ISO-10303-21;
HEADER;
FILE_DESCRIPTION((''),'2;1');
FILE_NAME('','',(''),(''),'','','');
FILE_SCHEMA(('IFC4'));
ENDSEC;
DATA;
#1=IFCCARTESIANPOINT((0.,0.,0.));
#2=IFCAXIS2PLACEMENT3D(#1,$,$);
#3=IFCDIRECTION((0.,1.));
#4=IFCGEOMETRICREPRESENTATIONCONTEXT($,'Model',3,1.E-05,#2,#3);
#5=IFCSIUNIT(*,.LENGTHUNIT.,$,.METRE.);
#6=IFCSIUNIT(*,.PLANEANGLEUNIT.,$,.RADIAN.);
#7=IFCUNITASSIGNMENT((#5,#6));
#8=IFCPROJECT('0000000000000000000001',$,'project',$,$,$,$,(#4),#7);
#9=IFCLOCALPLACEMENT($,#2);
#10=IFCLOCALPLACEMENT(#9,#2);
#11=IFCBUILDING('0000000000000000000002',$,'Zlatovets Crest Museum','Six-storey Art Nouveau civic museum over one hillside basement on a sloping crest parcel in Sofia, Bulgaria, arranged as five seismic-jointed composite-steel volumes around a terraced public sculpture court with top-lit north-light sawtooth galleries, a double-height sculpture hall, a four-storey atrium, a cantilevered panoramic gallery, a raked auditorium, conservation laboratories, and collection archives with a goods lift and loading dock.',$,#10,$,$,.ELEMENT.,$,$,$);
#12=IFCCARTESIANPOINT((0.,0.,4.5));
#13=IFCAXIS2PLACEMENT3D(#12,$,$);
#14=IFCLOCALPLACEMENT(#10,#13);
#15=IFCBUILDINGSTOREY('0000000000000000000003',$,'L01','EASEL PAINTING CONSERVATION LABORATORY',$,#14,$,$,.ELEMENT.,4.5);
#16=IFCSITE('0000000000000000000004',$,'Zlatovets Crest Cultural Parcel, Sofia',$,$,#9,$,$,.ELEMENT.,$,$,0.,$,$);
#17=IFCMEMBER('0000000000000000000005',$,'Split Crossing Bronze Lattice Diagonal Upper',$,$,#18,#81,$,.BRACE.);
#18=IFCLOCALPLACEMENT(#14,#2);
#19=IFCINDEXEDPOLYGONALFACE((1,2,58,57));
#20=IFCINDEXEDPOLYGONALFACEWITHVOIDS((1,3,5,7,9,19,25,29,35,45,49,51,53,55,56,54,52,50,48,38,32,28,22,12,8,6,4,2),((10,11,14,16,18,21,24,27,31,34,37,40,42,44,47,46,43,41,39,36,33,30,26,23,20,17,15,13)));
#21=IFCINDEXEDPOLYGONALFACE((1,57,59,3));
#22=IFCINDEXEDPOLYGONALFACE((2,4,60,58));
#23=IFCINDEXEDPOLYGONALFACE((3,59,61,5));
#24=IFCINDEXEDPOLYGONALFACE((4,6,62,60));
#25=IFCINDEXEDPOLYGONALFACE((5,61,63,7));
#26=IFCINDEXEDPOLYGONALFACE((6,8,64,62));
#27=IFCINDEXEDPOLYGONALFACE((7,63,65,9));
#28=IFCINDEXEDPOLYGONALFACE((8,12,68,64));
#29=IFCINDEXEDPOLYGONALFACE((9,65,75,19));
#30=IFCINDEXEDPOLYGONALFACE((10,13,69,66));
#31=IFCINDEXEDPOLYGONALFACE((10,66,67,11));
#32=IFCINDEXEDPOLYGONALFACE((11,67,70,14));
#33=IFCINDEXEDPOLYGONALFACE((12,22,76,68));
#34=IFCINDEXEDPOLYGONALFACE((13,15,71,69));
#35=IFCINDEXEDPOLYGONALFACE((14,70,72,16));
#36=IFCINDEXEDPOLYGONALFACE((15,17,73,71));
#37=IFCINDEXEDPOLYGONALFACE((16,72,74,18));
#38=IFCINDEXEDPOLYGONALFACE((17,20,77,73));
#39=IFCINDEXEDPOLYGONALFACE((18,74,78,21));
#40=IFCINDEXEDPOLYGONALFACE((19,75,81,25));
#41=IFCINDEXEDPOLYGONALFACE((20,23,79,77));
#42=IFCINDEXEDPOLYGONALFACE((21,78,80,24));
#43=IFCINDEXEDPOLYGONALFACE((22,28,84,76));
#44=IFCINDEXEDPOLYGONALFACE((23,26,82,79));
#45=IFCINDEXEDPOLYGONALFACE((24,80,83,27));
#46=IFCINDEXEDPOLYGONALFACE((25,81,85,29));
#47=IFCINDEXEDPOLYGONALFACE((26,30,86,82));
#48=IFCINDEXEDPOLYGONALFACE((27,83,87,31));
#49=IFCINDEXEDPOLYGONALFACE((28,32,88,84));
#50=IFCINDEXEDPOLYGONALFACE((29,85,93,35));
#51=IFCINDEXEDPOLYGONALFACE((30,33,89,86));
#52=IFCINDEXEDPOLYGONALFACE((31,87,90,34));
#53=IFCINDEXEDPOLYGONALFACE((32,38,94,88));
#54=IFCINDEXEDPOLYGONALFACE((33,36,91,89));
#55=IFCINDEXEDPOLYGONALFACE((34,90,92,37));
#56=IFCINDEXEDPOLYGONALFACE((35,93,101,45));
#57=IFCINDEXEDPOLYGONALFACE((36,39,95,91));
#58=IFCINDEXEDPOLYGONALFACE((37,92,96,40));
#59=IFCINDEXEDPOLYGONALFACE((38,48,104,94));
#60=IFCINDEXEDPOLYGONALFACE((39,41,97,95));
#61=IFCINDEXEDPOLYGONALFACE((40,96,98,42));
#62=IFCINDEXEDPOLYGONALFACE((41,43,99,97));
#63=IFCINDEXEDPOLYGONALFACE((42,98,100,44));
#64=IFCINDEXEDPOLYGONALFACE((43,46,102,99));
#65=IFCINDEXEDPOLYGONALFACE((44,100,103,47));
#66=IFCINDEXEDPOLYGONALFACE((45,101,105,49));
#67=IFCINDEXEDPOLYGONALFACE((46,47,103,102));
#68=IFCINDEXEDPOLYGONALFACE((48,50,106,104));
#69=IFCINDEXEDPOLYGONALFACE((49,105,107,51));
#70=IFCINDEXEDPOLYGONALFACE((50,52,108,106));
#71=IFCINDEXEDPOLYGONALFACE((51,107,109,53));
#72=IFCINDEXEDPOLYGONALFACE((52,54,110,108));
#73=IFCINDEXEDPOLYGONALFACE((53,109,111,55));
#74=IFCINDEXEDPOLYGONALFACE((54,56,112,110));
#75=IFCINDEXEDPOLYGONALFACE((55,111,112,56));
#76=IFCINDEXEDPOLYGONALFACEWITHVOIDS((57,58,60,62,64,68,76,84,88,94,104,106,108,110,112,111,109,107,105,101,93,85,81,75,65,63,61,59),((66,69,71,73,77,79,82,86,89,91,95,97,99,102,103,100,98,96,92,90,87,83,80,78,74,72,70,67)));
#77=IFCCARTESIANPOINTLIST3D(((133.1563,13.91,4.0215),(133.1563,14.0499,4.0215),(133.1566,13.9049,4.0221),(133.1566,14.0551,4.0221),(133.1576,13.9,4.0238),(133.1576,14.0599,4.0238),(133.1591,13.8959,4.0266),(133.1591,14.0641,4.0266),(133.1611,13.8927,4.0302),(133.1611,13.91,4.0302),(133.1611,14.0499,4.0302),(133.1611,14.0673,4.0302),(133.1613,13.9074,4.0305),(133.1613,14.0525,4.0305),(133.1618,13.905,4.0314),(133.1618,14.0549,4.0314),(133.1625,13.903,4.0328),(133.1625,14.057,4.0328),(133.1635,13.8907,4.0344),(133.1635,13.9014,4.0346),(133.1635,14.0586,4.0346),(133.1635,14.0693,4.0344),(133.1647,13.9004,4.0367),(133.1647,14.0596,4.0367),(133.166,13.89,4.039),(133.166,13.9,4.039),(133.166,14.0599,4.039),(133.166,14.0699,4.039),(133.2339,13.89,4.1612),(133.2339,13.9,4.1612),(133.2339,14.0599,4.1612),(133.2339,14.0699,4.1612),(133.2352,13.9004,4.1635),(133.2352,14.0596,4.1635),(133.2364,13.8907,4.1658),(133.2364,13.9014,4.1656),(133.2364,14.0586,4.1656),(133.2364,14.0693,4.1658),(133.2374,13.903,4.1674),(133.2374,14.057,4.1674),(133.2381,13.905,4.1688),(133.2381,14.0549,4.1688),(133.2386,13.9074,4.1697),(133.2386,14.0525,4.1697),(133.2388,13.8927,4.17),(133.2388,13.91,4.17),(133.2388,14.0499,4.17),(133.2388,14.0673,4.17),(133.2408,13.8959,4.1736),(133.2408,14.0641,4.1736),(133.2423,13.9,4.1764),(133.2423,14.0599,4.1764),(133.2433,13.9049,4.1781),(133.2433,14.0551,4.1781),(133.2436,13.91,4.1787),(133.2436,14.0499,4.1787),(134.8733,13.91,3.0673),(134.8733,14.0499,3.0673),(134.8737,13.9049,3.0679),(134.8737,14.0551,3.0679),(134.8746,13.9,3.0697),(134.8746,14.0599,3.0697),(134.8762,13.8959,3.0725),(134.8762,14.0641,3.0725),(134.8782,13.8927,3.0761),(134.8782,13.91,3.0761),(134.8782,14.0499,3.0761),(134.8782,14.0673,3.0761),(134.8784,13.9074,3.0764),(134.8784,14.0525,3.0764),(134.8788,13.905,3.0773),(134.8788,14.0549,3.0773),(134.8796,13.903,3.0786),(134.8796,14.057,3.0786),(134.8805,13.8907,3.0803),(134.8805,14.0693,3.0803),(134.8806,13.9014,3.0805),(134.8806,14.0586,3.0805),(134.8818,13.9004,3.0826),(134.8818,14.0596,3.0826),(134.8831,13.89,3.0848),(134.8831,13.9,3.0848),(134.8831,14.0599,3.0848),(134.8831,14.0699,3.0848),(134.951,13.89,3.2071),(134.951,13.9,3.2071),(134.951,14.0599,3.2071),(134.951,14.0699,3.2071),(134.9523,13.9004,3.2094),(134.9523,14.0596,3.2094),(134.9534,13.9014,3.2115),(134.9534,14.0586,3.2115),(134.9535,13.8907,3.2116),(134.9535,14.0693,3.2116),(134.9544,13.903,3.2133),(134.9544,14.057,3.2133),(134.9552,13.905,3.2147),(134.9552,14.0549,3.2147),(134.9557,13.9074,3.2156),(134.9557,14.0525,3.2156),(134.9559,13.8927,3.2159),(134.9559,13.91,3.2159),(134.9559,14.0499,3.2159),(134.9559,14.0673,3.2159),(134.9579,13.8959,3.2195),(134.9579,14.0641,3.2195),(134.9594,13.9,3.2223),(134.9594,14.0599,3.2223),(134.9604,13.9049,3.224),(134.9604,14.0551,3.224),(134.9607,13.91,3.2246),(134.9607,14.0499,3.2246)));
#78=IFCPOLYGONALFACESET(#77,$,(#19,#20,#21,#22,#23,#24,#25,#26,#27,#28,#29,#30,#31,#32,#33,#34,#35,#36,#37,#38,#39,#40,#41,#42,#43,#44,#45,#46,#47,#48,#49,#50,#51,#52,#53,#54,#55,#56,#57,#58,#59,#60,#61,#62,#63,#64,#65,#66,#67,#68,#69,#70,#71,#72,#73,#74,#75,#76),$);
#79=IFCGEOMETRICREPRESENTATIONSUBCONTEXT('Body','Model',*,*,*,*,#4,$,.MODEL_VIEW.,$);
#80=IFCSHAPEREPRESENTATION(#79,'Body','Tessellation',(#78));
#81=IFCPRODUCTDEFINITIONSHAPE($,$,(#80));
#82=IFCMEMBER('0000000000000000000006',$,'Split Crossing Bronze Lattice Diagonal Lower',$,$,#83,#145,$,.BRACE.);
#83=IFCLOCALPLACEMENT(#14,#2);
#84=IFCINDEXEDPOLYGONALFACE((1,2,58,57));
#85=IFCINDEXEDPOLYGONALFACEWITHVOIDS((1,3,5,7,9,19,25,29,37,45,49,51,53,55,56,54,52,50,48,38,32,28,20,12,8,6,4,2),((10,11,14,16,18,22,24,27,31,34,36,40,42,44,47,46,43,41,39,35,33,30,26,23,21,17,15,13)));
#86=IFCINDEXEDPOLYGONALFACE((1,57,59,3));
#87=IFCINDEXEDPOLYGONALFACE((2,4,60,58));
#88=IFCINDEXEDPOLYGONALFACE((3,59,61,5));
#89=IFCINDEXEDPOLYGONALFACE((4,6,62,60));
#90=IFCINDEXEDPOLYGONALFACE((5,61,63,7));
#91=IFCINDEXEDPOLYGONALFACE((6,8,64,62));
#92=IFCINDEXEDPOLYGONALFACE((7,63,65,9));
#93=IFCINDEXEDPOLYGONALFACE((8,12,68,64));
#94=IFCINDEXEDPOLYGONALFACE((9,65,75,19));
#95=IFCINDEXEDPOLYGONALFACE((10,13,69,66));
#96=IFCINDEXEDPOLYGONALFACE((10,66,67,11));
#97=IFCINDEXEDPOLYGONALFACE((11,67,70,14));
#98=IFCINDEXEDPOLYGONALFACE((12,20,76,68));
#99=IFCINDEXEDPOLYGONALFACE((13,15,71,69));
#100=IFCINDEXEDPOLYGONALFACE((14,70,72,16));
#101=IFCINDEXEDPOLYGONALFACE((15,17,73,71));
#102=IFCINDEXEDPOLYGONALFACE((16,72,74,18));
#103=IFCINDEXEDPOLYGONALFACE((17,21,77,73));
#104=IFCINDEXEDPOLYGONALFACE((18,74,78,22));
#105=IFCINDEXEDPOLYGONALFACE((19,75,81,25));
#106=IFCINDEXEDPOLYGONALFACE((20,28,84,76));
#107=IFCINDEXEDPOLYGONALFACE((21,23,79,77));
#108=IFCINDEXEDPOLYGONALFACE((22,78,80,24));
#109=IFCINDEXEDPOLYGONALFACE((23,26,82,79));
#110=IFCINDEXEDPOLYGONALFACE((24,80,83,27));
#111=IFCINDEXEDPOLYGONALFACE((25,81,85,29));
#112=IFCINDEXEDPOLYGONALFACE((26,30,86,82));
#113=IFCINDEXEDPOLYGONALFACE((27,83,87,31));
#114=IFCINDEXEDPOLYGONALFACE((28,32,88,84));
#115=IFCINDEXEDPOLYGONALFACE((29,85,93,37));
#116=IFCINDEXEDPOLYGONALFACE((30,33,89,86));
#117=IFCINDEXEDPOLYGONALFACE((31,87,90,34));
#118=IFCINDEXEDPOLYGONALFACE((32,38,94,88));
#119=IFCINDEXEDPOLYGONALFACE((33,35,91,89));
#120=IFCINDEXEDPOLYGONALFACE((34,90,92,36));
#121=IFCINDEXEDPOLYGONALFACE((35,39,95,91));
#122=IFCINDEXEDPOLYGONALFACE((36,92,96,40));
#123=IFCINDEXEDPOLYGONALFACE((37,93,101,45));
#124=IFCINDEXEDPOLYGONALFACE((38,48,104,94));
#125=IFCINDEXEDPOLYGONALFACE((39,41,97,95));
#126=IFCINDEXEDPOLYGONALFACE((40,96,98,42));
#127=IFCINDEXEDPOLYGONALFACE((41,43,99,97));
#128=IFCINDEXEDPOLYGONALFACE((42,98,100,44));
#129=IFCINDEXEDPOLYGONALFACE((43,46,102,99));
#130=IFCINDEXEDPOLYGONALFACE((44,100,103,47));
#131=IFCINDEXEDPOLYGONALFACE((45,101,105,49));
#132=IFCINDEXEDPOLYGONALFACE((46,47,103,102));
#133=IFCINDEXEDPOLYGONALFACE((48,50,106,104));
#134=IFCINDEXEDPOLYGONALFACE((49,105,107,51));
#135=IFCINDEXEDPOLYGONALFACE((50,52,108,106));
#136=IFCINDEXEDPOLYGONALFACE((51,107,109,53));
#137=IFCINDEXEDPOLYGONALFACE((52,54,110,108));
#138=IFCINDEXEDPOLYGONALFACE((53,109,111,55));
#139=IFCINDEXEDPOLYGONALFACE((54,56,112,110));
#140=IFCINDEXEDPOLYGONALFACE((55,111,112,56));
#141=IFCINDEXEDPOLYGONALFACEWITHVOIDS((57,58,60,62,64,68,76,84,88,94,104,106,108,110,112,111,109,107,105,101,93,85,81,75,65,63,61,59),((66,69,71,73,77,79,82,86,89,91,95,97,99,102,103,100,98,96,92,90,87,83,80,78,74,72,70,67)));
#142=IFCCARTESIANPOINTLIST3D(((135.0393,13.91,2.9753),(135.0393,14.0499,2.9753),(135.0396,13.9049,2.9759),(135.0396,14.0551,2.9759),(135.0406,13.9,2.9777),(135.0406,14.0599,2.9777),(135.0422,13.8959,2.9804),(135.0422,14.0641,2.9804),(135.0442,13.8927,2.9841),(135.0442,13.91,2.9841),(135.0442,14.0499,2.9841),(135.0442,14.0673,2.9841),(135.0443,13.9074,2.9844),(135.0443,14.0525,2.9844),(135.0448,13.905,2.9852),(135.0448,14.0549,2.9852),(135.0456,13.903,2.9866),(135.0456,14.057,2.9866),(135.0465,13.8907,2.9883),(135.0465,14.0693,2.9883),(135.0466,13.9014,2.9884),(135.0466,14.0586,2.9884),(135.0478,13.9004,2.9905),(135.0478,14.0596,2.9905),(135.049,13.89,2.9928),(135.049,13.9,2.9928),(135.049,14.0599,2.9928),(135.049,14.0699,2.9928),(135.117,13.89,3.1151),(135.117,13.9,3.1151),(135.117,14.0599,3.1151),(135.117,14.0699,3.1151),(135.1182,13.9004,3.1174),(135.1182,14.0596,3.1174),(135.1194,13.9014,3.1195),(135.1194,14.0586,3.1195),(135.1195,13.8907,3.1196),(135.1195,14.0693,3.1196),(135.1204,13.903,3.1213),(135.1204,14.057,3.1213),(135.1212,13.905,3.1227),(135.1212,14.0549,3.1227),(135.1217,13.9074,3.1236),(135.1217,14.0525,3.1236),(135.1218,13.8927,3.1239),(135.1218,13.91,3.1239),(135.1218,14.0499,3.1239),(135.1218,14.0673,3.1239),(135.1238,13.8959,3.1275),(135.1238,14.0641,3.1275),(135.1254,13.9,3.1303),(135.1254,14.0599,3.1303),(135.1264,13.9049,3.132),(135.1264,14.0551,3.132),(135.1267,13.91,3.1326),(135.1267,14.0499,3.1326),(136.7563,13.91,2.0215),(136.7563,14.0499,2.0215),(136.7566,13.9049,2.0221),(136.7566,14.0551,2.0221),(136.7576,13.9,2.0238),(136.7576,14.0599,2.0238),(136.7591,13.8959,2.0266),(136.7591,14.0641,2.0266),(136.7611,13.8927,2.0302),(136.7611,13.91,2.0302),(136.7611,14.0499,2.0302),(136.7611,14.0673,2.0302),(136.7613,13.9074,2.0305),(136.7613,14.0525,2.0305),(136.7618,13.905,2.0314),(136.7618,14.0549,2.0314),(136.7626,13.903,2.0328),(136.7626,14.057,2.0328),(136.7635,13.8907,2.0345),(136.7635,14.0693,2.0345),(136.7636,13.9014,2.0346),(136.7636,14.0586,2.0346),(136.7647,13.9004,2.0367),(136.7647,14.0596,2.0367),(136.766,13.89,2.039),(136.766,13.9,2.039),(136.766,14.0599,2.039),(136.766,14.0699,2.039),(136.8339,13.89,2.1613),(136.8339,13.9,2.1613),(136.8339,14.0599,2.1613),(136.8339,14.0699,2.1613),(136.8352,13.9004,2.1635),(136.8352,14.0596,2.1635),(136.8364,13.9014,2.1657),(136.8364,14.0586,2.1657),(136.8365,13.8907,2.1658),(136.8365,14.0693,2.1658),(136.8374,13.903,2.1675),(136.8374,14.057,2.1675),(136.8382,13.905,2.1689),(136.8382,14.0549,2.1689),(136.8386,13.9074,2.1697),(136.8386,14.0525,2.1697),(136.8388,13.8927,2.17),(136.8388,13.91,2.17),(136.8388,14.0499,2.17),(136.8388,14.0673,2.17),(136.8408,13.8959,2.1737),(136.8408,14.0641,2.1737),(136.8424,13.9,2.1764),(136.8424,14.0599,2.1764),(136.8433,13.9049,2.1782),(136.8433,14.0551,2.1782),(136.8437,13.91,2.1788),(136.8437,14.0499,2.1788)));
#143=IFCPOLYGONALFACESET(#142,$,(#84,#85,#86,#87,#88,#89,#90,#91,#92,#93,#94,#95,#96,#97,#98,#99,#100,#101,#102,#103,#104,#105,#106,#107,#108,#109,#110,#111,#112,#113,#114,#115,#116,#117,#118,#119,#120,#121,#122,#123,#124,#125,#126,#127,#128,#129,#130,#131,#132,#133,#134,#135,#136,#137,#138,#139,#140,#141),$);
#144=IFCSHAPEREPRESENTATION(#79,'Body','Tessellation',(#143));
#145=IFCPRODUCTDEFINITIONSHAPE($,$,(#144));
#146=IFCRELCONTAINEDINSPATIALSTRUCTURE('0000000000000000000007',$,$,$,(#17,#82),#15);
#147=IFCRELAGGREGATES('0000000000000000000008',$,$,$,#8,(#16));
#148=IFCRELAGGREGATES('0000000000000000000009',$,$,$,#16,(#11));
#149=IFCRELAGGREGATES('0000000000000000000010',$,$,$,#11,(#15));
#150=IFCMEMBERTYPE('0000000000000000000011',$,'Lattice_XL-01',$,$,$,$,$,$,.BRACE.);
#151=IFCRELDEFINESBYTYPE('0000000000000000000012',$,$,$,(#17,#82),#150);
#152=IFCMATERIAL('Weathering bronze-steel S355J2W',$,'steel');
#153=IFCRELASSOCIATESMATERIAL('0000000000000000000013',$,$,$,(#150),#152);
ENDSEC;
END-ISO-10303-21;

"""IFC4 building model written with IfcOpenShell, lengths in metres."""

from ifc_helpers import new_model, si_unit, direction, frame, origin, origin_2d, place, context, subcontext, project, spatial, hollow_rectangle, extrude, material, material_profile, profile_set, type_object, element, save


model = new_model("IFC4")

# Units and contexts
model_context = context("Model", 3, precision=1e-05, world=origin(), true_north=direction((0.0, 1.0)))
body_context = subcontext(model_context, "Body", "Model", "MODEL_VIEW")
ifc_project = project(units=[si_unit("LENGTHUNIT", "METRE"), si_unit("PLANEANGLEUNIT", "RADIAN")], contexts=[model_context])

# Site, building, storey
site_placement = place(None, origin())
site = spatial("IfcSite", under=ifc_project, at=site_placement, Name="Zlatovets Crest Cultural Parcel, Sofia", CompositionType="ELEMENT", RefElevation=0.0)
building_placement = place(site_placement, origin())
building = spatial("IfcBuilding", under=site, at=building_placement, Name="Zlatovets Crest Museum", Description="Six-storey Art Nouveau civic museum over one hillside basement on a sloping crest parcel in Sofia, Bulgaria, arranged as five seismic-jointed composite-steel volumes around a terraced public sculpture court with top-lit north-light sawtooth galleries, a double-height sculpture hall, a four-storey atrium, a cantilevered panoramic gallery, a raked auditorium, conservation laboratories, and collection archives with a goods lift and loading dock.", CompositionType="ELEMENT")
storey_placement = place(building_placement, frame((0.0, 0.0, 4.5)))
storey = spatial("IfcBuildingStorey", under=building, at=storey_placement, Name="L01", Description="EASEL PAINTING CONSERVATION LABORATORY", CompositionType="ELEMENT", Elevation=4.5)

# Members
ifc_material_1 = material(Name="Weathering bronze-steel S355J2W", Category="steel")
ifc_material_profile_1 = material_profile(ifc_material_1, hollow_rectangle(XDim=0.1799, YDim=0.1799, WallThickness=0.01, InnerFilletRadius=0.01, OuterFilletRadius=0.02, at=origin_2d()), Name="SHS 180x180x10.0")
ifc_profile_set_1 = profile_set([ifc_material_profile_1], Name="Weathering bronze-steel S355J2W")
member_type_1 = type_object("IfcMemberType", Name="Lattice_XL-01", PredefinedType="BRACE", material=ifc_profile_set_1)
member_1_placement = place(storey_placement, frame((133.2, 13.98, 4.1001), z_axis=(0.874116, 0.0, -0.485717), x_axis=(0.0, 1.0, 0.0)))
element("IfcMember", 1, at=member_1_placement, inside=storey, type_object=member_type_1, Name="Split Crossing Bronze Lattice Diagonal Upper", PredefinedType="BRACE", context=body_context, shape_type="SweptSolid", body=[
    extrude(hollow_rectangle(XDim=0.1799, YDim=0.1799, WallThickness=0.01, InnerFilletRadius=0.01, OuterFilletRadius=0.02, at=origin_2d()), origin(), (0.0, 0.0, 1.0), 1.9644),
])
member_2_placement = place(storey_placement, frame((135.083, 13.98, 3.054), z_axis=(0.874169, 0.0, -0.485622), x_axis=(0.0, 1.0, 0.0)))
element("IfcMember", 2, at=member_2_placement, inside=storey, type_object=member_type_1, Name="Split Crossing Bronze Lattice Diagonal Lower", PredefinedType="BRACE", context=body_context, shape_type="SweptSolid", body=[
    extrude(hollow_rectangle(XDim=0.1799, YDim=0.1799, WallThickness=0.01, InnerFilletRadius=0.01, OuterFilletRadius=0.02, at=origin_2d()), origin(), (0.0, 0.0, 1.0), 1.9641),
])

save(model, "model.ifc")
